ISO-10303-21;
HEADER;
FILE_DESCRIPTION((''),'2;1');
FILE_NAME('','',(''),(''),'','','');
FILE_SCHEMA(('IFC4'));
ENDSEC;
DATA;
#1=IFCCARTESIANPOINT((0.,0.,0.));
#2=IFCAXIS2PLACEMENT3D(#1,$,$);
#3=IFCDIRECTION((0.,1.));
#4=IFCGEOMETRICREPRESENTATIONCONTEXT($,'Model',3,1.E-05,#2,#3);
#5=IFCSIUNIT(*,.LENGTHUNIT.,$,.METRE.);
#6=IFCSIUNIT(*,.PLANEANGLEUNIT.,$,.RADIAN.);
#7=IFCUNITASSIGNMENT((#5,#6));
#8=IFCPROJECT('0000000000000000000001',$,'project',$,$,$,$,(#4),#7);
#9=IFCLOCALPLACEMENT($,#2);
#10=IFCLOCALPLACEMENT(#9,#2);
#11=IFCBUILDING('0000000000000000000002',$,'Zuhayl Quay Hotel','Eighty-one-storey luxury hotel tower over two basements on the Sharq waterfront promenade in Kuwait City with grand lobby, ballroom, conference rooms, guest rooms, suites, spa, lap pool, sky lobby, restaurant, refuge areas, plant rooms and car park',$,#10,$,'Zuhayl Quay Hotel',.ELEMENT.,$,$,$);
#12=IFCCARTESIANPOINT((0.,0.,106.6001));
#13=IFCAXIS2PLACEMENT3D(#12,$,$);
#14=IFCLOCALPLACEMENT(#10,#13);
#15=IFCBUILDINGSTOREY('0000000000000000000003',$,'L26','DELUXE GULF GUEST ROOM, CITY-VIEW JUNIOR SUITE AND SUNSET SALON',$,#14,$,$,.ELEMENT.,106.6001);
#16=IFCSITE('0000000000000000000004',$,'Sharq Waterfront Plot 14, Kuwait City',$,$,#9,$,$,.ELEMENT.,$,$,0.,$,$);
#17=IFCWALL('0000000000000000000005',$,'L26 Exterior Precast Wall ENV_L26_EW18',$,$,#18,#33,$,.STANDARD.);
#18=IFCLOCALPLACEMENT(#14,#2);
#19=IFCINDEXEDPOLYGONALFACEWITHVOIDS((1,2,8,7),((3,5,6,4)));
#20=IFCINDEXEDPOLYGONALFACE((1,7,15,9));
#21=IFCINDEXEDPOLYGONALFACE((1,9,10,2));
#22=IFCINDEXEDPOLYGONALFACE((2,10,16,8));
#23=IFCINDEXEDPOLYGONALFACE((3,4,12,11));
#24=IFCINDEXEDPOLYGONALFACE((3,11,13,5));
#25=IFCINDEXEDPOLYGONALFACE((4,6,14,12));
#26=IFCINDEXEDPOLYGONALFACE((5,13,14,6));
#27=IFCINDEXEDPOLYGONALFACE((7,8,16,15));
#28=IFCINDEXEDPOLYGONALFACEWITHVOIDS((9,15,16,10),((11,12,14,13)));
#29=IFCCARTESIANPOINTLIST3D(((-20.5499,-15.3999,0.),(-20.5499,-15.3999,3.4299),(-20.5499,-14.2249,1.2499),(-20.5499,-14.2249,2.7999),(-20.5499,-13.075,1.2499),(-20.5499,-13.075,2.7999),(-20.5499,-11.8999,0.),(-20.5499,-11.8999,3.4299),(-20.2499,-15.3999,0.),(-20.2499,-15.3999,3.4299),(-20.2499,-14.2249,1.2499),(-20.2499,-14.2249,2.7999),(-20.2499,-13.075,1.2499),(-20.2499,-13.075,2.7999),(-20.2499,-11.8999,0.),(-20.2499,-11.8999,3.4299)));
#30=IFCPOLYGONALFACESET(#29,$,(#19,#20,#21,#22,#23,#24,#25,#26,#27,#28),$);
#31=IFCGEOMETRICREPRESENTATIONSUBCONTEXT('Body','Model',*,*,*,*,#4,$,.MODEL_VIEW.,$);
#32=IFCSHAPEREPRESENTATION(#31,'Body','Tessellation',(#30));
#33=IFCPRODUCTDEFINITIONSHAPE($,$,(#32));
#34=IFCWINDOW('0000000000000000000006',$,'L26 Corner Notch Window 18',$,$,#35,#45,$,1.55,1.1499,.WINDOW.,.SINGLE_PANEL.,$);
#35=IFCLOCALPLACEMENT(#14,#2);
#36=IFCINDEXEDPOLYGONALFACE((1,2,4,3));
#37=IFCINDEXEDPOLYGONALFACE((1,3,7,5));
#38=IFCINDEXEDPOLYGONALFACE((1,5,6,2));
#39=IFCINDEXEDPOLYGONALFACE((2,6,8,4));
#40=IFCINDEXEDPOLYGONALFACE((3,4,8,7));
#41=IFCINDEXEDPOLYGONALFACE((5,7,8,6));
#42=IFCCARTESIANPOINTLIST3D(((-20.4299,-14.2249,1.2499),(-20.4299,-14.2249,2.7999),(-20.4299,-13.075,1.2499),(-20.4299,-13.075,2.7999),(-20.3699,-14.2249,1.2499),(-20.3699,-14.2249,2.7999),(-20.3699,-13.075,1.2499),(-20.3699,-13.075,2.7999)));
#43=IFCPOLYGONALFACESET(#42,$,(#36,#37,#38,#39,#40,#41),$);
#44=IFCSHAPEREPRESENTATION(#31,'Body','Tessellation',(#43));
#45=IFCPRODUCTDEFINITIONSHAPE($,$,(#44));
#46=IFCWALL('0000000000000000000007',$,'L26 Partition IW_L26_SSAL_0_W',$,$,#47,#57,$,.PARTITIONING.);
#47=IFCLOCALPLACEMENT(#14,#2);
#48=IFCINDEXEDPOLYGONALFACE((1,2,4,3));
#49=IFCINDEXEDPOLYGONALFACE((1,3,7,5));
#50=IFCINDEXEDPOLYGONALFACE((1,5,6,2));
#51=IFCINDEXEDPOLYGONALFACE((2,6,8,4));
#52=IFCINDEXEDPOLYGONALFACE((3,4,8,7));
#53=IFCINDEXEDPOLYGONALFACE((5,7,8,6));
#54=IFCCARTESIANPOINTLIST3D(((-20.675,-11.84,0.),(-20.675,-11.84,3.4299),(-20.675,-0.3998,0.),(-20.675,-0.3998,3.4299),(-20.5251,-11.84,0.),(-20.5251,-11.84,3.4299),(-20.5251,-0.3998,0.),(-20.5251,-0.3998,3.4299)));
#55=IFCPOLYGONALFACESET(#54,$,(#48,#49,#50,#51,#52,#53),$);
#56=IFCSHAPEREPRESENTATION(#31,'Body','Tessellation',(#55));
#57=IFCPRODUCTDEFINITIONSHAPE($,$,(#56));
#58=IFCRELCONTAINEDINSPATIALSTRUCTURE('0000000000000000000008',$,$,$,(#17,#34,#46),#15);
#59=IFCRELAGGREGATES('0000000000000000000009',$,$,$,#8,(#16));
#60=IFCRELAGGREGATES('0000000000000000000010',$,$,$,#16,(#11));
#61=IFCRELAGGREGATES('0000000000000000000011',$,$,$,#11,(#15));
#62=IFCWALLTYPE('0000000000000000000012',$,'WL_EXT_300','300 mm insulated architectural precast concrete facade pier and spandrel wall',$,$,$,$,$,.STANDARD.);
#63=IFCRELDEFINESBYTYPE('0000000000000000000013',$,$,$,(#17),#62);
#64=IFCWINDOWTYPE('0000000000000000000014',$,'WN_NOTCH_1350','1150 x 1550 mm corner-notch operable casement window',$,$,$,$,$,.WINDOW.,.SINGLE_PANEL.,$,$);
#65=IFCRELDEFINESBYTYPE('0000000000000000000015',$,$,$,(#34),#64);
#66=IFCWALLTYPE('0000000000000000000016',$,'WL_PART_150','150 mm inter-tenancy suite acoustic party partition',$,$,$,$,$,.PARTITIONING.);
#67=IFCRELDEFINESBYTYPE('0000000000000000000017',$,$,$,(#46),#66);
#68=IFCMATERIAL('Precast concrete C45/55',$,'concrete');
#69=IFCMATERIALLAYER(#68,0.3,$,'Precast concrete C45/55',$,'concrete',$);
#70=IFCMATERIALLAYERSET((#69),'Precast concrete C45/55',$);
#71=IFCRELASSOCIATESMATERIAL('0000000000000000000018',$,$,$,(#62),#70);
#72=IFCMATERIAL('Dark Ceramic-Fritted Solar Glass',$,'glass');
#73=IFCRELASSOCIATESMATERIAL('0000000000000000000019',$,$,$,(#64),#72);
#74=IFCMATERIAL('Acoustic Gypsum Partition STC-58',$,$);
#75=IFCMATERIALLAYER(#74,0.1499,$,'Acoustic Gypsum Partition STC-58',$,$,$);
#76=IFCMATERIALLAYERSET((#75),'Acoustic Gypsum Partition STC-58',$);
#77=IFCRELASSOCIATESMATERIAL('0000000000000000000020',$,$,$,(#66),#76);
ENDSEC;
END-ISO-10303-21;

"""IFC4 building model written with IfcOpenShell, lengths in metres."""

from ifc_helpers import new_model, si_unit, direction, frame, frame_2d, origin, place, context, subcontext, project, spatial, rectangle, extrude, material, layer, layer_set, type_object, element, fill, save


model = new_model("IFC4")

# Units and contexts
model_context = context("Model", 3, precision=1e-05, world=origin(), true_north=direction((0.0, 1.0)))
body_context = subcontext(model_context, "Body", "Model", "MODEL_VIEW")
ifc_project = project(units=[si_unit("LENGTHUNIT", "METRE"), si_unit("PLANEANGLEUNIT", "RADIAN")], contexts=[model_context])

# Site, building, storey
site_placement = place(None, origin())
site = spatial("IfcSite", under=ifc_project, at=site_placement, Name="Sharq Waterfront Plot 14, Kuwait City", CompositionType="ELEMENT", RefElevation=0.0)
building_placement = place(site_placement, origin())
building = spatial("IfcBuilding", under=site, at=building_placement, Name="Zuhayl Quay Hotel", Description="Eighty-one-storey luxury hotel tower over two basements on the Sharq waterfront promenade in Kuwait City with grand lobby, ballroom, conference rooms, guest rooms, suites, spa, lap pool, sky lobby, restaurant, refuge areas, plant rooms and car park", LongName="Zuhayl Quay Hotel", CompositionType="ELEMENT")
storey_placement = place(building_placement, frame((0.0, 0.0, 106.6001)))
storey = spatial("IfcBuildingStorey", under=building, at=storey_placement, Name="L26", Description="DELUXE GULF GUEST ROOM, CITY-VIEW JUNIOR SUITE AND SUNSET SALON", CompositionType="ELEMENT", Elevation=106.6001)

# Shared definitions
ifc_material_1 = material(Name="Dark Ceramic-Fritted Solar Glass", Category="glass")

# Shared definitions
ifc_material_2 = material(Name="Precast concrete C45/55", Category="concrete")
ifc_layer_1 = layer(ifc_material_2, 0.3, Name="Precast concrete C45/55", Category="concrete")
ifc_layer_set_1 = layer_set([ifc_layer_1], Name="Precast concrete C45/55")
wall_type_1 = type_object("IfcWallType", Name="WL_EXT_300", Description="300 mm insulated architectural precast concrete facade pier and spandrel wall", PredefinedType="STANDARD", material=ifc_layer_set_1)
window_type = type_object("IfcWindowType", Name="WN_NOTCH_1350", Description="1150 x 1550 mm corner-notch operable casement window", PartitioningType="SINGLE_PANEL", PredefinedType="WINDOW", material=ifc_material_1)

# Wall, opening, window
wall_1_placement = place(storey_placement, frame((-20.3999, -15.3999, 0.0), z_axis=(0.0, 0.0, 1.0), x_axis=(0.0, 1.0, 0.0)))
wall_1 = element("IfcWall", 1, at=wall_1_placement, inside=storey, type_object=wall_type_1, Name="L26 Exterior Precast Wall ENV_L26_EW18", PredefinedType="STANDARD", context=body_context, shape_type="SweptSolid", body=[
    extrude(rectangle(XDim=3.5, YDim=0.3, at=frame_2d((1.75, 0.0))), origin(), (0.0, 0.0, 1.0), 3.4299),
])
opening_1_placement = place(wall_1_placement, frame((1.175, 0.0, 1.25)))
opening_1 = element("IfcOpeningElement", 2, at=opening_1_placement, cuts=wall_1, PredefinedType="OPENING", context=body_context, shape_type="SweptSolid", body=[
    extrude(rectangle(XDim=1.1499, YDim=1.55, at=frame_2d((0.575, 0.7749))), frame((0.0, 0.1599, 0.0), z_axis=(0.0, -1.0, 0.0), x_axis=(1.0, 0.0, 0.0)), (0.0, 0.0, 1.0), 0.3201),
])
window_1_placement = place(opening_1_placement, origin())
window_1 = element("IfcWindow", 3, at=window_1_placement, inside=storey, type_object=window_type, Name="L26 Corner Notch Window 18", OverallHeight=1.55, OverallWidth=1.1499, PartitioningType="SINGLE_PANEL", PredefinedType="WINDOW", context=body_context, shape_type="SweptSolid", body=[
    extrude(rectangle(XDim=1.1499, YDim=1.55, at=frame_2d((0.575, 0.7749))), frame((0.0, 0.03, 0.0), z_axis=(0.0, -1.0, 0.0), x_axis=(1.0, 0.0, 0.0)), (0.0, 0.0, 1.0), 0.0601),
])
fill(opening_1, window_1)

# Wall
ifc_material_3 = material(Name="Acoustic Gypsum Partition STC-58")
ifc_layer_2 = layer(ifc_material_3, 0.1499, Name="Acoustic Gypsum Partition STC-58")
ifc_layer_set_2 = layer_set([ifc_layer_2], Name="Acoustic Gypsum Partition STC-58")
wall_type_2 = type_object("IfcWallType", Name="WL_PART_150", Description="150 mm inter-tenancy suite acoustic party partition", PredefinedType="PARTITIONING", material=ifc_layer_set_2)
wall_2_placement = place(storey_placement, frame((-20.6001, -11.8401, 0.0), z_axis=(0.0, 0.0, 1.0), x_axis=(0.0, 1.0, 0.0)))
element("IfcWall", 4, at=wall_2_placement, inside=storey, type_object=wall_type_2, Name="L26 Partition IW_L26_SSAL_0_W", PredefinedType="PARTITIONING", context=body_context, shape_type="SweptSolid", body=[
    extrude(rectangle(XDim=11.4402, YDim=0.1499, at=frame_2d((5.7202, 0.0))), origin(), (0.0, 0.0, 1.0), 3.4299),
])

save(model, "model.ifc")
